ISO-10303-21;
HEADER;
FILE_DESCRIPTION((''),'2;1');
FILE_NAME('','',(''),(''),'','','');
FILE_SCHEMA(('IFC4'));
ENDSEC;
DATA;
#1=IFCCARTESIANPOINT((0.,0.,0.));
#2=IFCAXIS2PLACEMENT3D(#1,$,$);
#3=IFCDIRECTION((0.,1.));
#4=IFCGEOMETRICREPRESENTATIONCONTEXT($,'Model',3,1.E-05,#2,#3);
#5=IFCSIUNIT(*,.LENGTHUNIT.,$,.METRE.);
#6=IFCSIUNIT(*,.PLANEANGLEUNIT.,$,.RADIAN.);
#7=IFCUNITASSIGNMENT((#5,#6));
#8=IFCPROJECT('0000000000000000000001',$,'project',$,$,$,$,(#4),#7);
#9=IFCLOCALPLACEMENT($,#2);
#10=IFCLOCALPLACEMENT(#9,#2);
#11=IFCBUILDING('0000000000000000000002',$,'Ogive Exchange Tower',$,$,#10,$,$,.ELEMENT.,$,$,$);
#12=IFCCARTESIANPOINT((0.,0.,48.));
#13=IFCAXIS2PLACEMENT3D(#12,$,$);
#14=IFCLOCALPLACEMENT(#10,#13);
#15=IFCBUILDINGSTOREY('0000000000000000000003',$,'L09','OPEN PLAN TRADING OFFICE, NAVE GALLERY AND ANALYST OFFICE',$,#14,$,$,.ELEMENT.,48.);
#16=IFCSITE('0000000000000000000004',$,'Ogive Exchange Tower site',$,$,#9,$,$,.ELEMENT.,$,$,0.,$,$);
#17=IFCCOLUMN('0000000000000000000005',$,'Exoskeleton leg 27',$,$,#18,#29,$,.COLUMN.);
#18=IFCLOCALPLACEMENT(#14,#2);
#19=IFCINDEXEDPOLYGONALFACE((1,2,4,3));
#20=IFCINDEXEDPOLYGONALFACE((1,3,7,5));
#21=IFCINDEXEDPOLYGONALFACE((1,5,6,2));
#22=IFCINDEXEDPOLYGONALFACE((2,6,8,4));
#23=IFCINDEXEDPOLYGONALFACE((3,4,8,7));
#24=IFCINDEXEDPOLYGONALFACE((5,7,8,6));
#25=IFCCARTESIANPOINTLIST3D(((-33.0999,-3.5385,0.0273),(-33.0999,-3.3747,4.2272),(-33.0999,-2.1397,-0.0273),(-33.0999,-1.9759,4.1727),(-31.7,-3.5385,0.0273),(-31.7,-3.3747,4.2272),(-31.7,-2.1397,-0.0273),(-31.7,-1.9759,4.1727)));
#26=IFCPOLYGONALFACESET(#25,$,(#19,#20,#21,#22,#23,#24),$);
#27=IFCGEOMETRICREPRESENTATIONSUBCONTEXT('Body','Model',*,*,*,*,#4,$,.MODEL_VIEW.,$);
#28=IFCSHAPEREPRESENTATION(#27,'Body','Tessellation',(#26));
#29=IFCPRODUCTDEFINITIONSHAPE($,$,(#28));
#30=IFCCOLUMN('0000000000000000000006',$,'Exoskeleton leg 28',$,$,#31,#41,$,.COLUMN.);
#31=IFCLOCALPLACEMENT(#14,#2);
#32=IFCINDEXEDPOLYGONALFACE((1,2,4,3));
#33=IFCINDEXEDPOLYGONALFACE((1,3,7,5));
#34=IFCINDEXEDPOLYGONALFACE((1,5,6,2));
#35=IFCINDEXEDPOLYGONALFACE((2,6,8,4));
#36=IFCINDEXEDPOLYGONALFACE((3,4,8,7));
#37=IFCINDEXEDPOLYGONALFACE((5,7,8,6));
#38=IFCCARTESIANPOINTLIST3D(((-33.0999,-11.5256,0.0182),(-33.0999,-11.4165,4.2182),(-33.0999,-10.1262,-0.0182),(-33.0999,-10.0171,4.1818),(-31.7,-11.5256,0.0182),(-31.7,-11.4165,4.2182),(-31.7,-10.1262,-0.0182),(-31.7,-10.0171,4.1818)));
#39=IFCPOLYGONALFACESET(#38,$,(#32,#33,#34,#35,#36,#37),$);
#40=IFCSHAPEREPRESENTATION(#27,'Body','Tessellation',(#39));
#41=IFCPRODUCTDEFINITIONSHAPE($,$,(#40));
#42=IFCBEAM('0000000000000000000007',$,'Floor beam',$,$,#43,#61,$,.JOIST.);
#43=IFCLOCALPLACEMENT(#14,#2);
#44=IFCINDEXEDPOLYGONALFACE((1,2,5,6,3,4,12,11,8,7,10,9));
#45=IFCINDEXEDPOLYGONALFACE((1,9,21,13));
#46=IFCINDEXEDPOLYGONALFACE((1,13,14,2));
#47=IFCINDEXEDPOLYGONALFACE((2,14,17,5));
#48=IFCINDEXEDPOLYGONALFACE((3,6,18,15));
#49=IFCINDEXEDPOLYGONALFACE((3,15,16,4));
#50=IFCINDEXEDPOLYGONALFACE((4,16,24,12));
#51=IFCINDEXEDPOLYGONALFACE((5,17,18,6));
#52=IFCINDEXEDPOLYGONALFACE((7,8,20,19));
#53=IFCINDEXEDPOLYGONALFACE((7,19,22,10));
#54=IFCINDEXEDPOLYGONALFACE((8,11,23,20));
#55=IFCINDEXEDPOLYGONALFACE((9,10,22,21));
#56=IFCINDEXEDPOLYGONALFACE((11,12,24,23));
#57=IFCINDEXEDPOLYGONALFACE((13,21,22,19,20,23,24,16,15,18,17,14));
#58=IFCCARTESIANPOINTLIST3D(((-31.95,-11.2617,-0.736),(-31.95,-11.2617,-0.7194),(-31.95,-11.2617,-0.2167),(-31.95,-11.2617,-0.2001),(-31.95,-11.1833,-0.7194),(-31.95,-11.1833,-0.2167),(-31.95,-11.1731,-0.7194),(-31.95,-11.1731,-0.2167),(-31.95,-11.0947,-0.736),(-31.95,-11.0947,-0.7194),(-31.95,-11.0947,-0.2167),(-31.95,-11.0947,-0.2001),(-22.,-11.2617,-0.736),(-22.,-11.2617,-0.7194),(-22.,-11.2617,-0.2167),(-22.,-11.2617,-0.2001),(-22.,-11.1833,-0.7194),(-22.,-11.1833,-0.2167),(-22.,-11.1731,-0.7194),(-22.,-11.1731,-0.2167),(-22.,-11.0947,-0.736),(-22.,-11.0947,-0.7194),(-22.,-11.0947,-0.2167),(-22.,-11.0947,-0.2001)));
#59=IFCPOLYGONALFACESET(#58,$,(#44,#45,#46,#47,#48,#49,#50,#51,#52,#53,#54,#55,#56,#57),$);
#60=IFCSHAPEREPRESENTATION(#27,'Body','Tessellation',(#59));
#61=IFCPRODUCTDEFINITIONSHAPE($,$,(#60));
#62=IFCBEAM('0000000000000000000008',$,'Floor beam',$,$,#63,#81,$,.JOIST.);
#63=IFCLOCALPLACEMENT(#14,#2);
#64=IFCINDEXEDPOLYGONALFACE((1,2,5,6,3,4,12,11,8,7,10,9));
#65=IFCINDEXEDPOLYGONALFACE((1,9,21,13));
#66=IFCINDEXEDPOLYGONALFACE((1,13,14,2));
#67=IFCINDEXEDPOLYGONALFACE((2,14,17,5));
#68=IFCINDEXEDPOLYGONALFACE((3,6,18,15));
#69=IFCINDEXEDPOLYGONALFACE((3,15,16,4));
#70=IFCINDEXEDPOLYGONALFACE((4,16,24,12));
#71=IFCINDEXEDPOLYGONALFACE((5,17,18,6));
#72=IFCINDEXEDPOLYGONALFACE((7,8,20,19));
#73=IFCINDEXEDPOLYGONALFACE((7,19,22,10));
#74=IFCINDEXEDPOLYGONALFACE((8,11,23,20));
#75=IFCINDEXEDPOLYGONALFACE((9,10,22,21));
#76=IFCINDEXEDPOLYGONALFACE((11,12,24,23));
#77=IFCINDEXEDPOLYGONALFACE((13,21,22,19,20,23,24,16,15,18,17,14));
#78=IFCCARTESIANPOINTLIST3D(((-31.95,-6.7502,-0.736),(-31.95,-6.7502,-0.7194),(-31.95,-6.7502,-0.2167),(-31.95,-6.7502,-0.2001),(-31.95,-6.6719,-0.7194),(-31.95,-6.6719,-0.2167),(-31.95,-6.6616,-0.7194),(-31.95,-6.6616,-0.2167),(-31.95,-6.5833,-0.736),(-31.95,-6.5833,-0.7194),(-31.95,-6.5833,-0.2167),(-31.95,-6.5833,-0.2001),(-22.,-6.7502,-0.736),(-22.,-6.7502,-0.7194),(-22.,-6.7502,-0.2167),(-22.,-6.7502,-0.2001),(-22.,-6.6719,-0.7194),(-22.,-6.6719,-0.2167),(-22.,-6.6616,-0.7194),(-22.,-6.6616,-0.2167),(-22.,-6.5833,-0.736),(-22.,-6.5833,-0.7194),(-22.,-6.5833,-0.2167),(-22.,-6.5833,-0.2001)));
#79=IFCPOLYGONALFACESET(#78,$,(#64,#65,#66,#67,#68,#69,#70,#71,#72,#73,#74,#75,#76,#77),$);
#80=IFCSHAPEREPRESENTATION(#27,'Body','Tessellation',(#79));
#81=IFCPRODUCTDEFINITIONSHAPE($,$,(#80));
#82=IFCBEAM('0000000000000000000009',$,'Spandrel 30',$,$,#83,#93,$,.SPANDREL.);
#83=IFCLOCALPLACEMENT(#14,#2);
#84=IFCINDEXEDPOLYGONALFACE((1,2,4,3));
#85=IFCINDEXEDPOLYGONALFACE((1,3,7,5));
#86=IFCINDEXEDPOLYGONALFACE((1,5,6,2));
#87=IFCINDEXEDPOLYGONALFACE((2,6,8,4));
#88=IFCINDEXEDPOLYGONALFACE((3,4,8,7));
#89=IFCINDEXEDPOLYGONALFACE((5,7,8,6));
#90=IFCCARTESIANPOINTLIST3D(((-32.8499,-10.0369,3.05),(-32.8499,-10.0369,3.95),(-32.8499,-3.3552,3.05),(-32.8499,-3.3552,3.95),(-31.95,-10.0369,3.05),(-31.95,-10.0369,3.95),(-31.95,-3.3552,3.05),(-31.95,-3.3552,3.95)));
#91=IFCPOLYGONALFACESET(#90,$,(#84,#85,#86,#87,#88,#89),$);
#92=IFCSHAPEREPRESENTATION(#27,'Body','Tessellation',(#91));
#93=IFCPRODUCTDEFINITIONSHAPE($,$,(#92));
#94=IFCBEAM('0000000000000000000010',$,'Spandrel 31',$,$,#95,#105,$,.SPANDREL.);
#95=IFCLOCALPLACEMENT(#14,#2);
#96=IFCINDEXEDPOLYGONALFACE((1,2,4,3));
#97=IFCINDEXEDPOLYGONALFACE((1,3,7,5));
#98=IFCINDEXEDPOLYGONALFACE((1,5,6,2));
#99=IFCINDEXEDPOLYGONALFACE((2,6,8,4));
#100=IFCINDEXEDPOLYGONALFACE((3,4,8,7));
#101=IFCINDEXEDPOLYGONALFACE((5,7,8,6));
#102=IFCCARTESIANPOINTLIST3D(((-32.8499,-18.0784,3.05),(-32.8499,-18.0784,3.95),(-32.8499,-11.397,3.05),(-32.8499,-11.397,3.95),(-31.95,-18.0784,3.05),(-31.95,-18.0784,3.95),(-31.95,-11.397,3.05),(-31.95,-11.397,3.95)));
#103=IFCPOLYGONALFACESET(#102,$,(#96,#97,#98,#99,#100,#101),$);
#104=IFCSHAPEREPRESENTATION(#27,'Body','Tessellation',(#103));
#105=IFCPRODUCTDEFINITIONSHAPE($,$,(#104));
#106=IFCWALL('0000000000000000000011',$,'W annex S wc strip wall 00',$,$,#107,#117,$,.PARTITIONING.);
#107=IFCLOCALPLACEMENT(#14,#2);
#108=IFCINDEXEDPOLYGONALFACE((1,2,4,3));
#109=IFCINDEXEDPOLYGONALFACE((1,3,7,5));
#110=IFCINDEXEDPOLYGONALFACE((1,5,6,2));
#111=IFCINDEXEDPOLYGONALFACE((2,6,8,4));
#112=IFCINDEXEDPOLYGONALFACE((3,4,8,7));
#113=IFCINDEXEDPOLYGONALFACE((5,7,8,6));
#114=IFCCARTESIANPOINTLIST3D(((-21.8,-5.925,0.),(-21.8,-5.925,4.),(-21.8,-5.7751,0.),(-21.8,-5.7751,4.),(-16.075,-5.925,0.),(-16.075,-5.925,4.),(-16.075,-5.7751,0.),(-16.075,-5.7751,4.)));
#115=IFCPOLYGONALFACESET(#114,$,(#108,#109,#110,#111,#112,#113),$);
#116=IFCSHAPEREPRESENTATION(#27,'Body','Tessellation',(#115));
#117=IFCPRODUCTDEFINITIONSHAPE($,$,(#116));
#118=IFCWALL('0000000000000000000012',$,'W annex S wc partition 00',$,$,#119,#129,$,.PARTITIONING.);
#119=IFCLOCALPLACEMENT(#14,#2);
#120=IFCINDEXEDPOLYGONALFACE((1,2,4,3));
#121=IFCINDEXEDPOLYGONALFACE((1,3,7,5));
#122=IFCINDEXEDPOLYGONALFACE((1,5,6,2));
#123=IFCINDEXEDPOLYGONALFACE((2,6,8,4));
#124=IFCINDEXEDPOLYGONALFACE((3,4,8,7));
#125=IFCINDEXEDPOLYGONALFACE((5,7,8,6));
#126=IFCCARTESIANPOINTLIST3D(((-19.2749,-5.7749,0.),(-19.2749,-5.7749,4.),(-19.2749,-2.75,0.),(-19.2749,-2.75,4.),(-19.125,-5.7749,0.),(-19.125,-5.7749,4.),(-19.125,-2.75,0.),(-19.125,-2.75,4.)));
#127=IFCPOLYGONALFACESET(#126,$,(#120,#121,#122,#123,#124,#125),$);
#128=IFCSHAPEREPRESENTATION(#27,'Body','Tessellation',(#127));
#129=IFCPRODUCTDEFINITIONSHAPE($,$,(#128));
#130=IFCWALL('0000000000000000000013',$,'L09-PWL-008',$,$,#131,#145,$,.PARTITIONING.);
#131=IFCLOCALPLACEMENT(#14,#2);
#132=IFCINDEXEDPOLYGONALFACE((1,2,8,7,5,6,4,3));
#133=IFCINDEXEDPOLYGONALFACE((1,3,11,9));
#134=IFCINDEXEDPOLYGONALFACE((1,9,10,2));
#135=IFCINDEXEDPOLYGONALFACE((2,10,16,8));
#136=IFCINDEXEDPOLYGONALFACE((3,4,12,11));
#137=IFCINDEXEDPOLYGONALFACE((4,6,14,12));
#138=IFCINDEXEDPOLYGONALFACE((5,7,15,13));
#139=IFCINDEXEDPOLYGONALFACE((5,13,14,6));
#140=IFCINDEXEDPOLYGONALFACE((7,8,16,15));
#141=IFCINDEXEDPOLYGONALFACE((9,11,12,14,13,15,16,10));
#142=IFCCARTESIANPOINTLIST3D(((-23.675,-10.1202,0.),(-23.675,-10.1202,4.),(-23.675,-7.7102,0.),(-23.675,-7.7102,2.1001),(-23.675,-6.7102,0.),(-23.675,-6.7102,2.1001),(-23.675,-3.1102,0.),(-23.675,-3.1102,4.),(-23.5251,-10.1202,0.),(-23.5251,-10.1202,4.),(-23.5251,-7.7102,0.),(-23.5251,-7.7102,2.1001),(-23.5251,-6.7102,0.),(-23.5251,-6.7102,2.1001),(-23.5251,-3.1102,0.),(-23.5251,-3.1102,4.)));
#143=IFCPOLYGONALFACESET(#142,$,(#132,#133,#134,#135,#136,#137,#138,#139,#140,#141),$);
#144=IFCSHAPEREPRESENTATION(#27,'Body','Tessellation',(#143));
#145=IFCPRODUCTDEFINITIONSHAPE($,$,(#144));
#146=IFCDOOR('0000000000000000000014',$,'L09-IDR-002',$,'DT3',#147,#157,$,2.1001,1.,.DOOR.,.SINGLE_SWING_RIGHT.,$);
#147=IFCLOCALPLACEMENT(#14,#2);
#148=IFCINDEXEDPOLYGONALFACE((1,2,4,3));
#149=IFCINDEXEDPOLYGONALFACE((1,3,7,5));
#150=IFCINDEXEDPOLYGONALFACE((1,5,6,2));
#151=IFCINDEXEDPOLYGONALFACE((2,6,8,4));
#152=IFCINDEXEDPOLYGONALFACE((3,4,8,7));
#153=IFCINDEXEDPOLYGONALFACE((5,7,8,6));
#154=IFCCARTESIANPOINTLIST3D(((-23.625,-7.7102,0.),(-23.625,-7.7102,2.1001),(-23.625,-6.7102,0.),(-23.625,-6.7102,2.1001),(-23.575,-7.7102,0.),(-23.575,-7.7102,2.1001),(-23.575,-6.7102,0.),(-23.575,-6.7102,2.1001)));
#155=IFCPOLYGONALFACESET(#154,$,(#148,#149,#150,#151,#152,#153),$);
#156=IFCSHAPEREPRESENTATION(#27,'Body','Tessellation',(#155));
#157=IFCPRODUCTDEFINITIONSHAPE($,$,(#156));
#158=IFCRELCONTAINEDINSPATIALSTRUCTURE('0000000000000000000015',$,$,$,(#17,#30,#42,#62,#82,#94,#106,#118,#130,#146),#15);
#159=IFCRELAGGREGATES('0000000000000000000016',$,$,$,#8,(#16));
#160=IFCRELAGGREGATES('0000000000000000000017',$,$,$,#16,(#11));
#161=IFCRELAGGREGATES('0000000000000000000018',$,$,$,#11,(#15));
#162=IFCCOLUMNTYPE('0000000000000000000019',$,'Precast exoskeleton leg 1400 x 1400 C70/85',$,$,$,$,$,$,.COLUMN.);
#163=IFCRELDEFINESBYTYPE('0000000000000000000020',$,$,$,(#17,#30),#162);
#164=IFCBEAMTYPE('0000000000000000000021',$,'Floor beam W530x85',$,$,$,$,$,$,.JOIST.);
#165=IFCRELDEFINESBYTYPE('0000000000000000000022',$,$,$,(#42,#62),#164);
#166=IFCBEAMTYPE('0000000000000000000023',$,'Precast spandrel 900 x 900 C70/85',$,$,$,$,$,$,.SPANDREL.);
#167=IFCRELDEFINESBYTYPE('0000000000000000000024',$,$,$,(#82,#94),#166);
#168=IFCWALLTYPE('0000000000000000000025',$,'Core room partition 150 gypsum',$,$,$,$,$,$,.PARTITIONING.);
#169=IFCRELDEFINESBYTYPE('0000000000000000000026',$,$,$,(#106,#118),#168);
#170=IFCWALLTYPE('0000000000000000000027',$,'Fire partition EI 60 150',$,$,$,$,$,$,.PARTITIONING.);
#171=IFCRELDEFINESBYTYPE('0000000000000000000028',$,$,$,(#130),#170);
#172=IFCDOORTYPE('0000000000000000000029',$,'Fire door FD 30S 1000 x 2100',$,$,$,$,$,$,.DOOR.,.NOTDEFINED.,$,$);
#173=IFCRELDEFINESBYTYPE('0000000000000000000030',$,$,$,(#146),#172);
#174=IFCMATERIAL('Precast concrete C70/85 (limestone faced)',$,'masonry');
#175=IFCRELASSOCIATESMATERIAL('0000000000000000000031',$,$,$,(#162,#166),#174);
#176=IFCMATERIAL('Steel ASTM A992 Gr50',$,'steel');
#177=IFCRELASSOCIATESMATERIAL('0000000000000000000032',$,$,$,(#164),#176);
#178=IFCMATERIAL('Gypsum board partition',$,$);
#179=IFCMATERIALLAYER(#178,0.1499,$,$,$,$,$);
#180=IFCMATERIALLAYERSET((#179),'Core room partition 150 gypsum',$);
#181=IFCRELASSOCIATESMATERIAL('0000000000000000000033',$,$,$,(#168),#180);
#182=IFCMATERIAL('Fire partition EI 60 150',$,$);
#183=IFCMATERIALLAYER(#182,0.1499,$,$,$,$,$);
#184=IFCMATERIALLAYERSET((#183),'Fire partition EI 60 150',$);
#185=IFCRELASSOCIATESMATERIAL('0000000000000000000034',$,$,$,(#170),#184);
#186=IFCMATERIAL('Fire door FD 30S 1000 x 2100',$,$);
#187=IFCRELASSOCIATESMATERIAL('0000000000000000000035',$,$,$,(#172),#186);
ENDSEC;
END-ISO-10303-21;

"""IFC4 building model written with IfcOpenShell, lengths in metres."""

from ifc_helpers import new_model, si_unit, direction, frame, frame_2d, origin, origin_2d, place, context, subcontext, project, spatial, rectangle, i_section, extrude, material, layer, layer_set, material_profile, profile_set, type_object, element, fill, save


model = new_model("IFC4")

# Units and contexts
model_context = context("Model", 3, precision=1e-05, world=origin(), true_north=direction((0.0, 1.0)))
body_context = subcontext(model_context, "Body", "Model", "MODEL_VIEW")
ifc_project = project(units=[si_unit("LENGTHUNIT", "METRE"), si_unit("PLANEANGLEUNIT", "RADIAN")], contexts=[model_context])

# Site, building, storey
site_placement = place(None, origin())
site = spatial("IfcSite", under=ifc_project, at=site_placement, Name="Ogive Exchange Tower site", CompositionType="ELEMENT", RefElevation=0.0)
building_placement = place(site_placement, origin())
building = spatial("IfcBuilding", under=site, at=building_placement, Name="Ogive Exchange Tower", CompositionType="ELEMENT")
storey_placement = place(building_placement, frame((0.0, 0.0, 48.0)))
storey = spatial("IfcBuildingStorey", under=building, at=storey_placement, Name="L09", Description="OPEN PLAN TRADING OFFICE, NAVE GALLERY AND ANALYST OFFICE", CompositionType="ELEMENT", Elevation=48.0)

# Columns
ifc_material_1 = material(Name="Precast concrete C70/85 (limestone faced)", Category="masonry")
ifc_material_profile_1 = material_profile(ifc_material_1, rectangle(XDim=1.3999, YDim=1.3999, at=origin_2d()), Name="1400 x 1400")
ifc_profile_set_1 = profile_set([ifc_material_profile_1], Name="Precast concrete C70/85 (limestone faced)")
column_type = type_object("IfcColumnType", Name="Precast exoskeleton leg 1400 x 1400 C70/85", PredefinedType="COLUMN", material=ifc_profile_set_1)
column_1_placement = place(storey_placement, frame((-32.3999, -2.8391, 0.0), z_axis=(0.0, 0.038975, 0.99924), x_axis=(-1.0, 0.0, 0.0)))
element("IfcColumn", 1, at=column_1_placement, inside=storey, type_object=column_type, Name="Exoskeleton leg 27", PredefinedType="COLUMN", context=body_context, shape_type="SweptSolid", body=[
    extrude(rectangle(XDim=1.3999, YDim=1.3999, at=origin_2d()), origin(), (0.0, 0.0, 1.0), 4.2031),
])
column_2_placement = place(storey_placement, frame((-32.3999, -10.8259, 0.0), z_axis=(0.0, 0.025975, 0.999663), x_axis=(-1.0, 0.0, 0.0)))
element("IfcColumn", 2, at=column_2_placement, inside=storey, type_object=column_type, Name="Exoskeleton leg 28", PredefinedType="COLUMN", context=body_context, shape_type="SweptSolid", body=[
    extrude(rectangle(XDim=1.3999, YDim=1.3999, at=origin_2d()), origin(), (0.0, 0.0, 1.0), 4.2014),
])

# Beams
ifc_material_2 = material(Name="Steel ASTM A992 Gr50", Category="steel")
ifc_material_profile_2 = material_profile(ifc_material_2, i_section(OverallWidth=0.167, OverallDepth=0.5359, WebThickness=0.0103, FlangeThickness=0.0166, at=origin_2d()), Name="W530x85")
ifc_profile_set_2 = profile_set([ifc_material_profile_2], Name="Steel ASTM A992 Gr50")
beam_type_1 = type_object("IfcBeamType", Name="Floor beam W530x85", PredefinedType="JOIST", material=ifc_profile_set_2)
for number, where, z_axis, x_axis, name in (
    (3, (-31.95, -11.1782, -0.468), (1.0, 0.0, 0.0), (0.0, 1.0, 0.0), "Floor beam"),
    (4, (-31.95, -6.6667, -0.468), (1.0, 0.0, 0.0), (0.0, 1.0, 0.0), "Floor beam"),
):
    element("IfcBeam", number, at=place(storey_placement, frame(where, z_axis=z_axis, x_axis=x_axis)), inside=storey, type_object=beam_type_1, Name=name, PredefinedType="JOIST", context=body_context, shape_type="SweptSolid", body=[
        extrude(i_section(OverallWidth=0.167, OverallDepth=0.5359, WebThickness=0.0103, FlangeThickness=0.0166, at=origin_2d()), origin(), (0.0, 0.0, 1.0), 9.95),
    ])
ifc_material_profile_3 = material_profile(ifc_material_1, rectangle(XDim=0.8999, YDim=0.8999, at=origin_2d()), Name="900 x 900")
ifc_profile_set_3 = profile_set([ifc_material_profile_3], Name="Precast concrete C70/85 (limestone faced)")
beam_type_2 = type_object("IfcBeamType", Name="Precast spandrel 900 x 900 C70/85", PredefinedType="SPANDREL", material=ifc_profile_set_3)
beam_1_placement = place(storey_placement, frame((-32.3999, -3.3552, 3.5), z_axis=(0.0, -1.0, 0.0), x_axis=(1.0, 0.0, 0.0)))
element("IfcBeam", 5, at=beam_1_placement, inside=storey, type_object=beam_type_2, Name="Spandrel 30", PredefinedType="SPANDREL", context=body_context, shape_type="SweptSolid", body=[
    extrude(rectangle(XDim=0.8999, YDim=0.8999, at=origin_2d()), origin(), (0.0, 0.0, 1.0), 6.6816),
])
beam_2_placement = place(storey_placement, frame((-32.3999, -11.397, 3.5), z_axis=(0.0, -1.0, 0.0), x_axis=(1.0, 0.0, 0.0)))
element("IfcBeam", 6, at=beam_2_placement, inside=storey, type_object=beam_type_2, Name="Spandrel 31", PredefinedType="SPANDREL", context=body_context, shape_type="SweptSolid", body=[
    extrude(rectangle(XDim=0.8999, YDim=0.8999, at=origin_2d()), origin(), (0.0, 0.0, 1.0), 6.6814),
])

# Walls
ifc_material_3 = material(Name="Gypsum board partition")
ifc_layer_1 = layer(ifc_material_3, 0.1499)
ifc_layer_set_1 = layer_set([ifc_layer_1], Name="Core room partition 150 gypsum")
wall_type_1 = type_object("IfcWallType", Name="Core room partition 150 gypsum", PredefinedType="PARTITIONING", material=ifc_layer_set_1)
wall_1_placement = place(storey_placement, frame((-21.8, -5.8501, 0.0), z_axis=(0.0, 0.0, 1.0), x_axis=(1.0, 0.0, 0.0)))
element("IfcWall", 7, at=wall_1_placement, inside=storey, type_object=wall_type_1, Name="W annex S wc strip wall 00", PredefinedType="PARTITIONING", context=body_context, shape_type="SweptSolid", body=[
    extrude(rectangle(XDim=5.7251, YDim=0.1499, at=frame_2d((2.8625, 0.0))), origin(), (0.0, 0.0, 1.0), 4.0),
])
wall_2_placement = place(storey_placement, frame((-19.2, -5.7749, 0.0), z_axis=(0.0, 0.0, 1.0), x_axis=(0.0, 1.0, 0.0)))
element("IfcWall", 8, at=wall_2_placement, inside=storey, type_object=wall_type_1, Name="W annex S wc partition 00", PredefinedType="PARTITIONING", context=body_context, shape_type="SweptSolid", body=[
    extrude(rectangle(XDim=3.0249, YDim=0.1499, at=frame_2d((1.5125, 0.0))), origin(), (0.0, 0.0, 1.0), 4.0),
])

# Wall, opening, door
ifc_material_4 = material(Name="Fire partition EI 60 150")
ifc_layer_2 = layer(ifc_material_4, 0.1499)
ifc_layer_set_2 = layer_set([ifc_layer_2], Name="Fire partition EI 60 150")
wall_type_2 = type_object("IfcWallType", Name="Fire partition EI 60 150", PredefinedType="PARTITIONING", material=ifc_layer_set_2)
wall_3_placement = place(storey_placement, frame((-23.6001, -10.1201, 0.0), z_axis=(0.0, 0.0, 1.0), x_axis=(0.0, 1.0, 0.0)))
wall_3 = element("IfcWall", 9, at=wall_3_placement, inside=storey, type_object=wall_type_2, Name="L09-PWL-008", PredefinedType="PARTITIONING", context=body_context, shape_type="SweptSolid", body=[
    extrude(rectangle(XDim=7.01, YDim=0.1499, at=frame_2d((3.5049, 0.0))), origin(), (0.0, 0.0, 1.0), 4.0),
])
opening_1_placement = place(wall_3_placement, frame((2.4099, 0.0, 0.0)))
opening_1 = element("IfcOpeningElement", 10, at=opening_1_placement, cuts=wall_3, PredefinedType="OPENING", context=body_context, shape_type="SweptSolid", body=[
    extrude(rectangle(XDim=1.0, YDim=2.1001, at=frame_2d((0.5, 1.05))), frame((0.0, 0.085, 0.0), z_axis=(0.0, -1.0, 0.0), x_axis=(1.0, 0.0, 0.0)), (0.0, 0.0, 1.0), 0.1699),
])
ifc_material_5 = material(Name="Fire door FD 30S 1000 x 2100")
door_type_1 = type_object("IfcDoorType", Name="Fire door FD 30S 1000 x 2100", OperationType="NOTDEFINED", PredefinedType="DOOR", material=ifc_material_5)
door_1_placement = place(opening_1_placement, origin())
door_1 = element("IfcDoor", 11, at=door_1_placement, inside=storey, type_object=door_type_1, Name="L09-IDR-002", ObjectType="DT3", OperationType="SINGLE_SWING_RIGHT", OverallHeight=2.1001, OverallWidth=1.0, PredefinedType="DOOR", context=body_context, shape_type="SweptSolid", body=[
    extrude(rectangle(XDim=1.0, YDim=2.1001, at=frame_2d((0.5, 1.05))), frame((0.0, 0.0249, 0.0), z_axis=(0.0, -1.0, 0.0), x_axis=(1.0, 0.0, 0.0)), (0.0, 0.0, 1.0), 0.05),
])
fill(opening_1, door_1)

save(model, "model.ifc")
